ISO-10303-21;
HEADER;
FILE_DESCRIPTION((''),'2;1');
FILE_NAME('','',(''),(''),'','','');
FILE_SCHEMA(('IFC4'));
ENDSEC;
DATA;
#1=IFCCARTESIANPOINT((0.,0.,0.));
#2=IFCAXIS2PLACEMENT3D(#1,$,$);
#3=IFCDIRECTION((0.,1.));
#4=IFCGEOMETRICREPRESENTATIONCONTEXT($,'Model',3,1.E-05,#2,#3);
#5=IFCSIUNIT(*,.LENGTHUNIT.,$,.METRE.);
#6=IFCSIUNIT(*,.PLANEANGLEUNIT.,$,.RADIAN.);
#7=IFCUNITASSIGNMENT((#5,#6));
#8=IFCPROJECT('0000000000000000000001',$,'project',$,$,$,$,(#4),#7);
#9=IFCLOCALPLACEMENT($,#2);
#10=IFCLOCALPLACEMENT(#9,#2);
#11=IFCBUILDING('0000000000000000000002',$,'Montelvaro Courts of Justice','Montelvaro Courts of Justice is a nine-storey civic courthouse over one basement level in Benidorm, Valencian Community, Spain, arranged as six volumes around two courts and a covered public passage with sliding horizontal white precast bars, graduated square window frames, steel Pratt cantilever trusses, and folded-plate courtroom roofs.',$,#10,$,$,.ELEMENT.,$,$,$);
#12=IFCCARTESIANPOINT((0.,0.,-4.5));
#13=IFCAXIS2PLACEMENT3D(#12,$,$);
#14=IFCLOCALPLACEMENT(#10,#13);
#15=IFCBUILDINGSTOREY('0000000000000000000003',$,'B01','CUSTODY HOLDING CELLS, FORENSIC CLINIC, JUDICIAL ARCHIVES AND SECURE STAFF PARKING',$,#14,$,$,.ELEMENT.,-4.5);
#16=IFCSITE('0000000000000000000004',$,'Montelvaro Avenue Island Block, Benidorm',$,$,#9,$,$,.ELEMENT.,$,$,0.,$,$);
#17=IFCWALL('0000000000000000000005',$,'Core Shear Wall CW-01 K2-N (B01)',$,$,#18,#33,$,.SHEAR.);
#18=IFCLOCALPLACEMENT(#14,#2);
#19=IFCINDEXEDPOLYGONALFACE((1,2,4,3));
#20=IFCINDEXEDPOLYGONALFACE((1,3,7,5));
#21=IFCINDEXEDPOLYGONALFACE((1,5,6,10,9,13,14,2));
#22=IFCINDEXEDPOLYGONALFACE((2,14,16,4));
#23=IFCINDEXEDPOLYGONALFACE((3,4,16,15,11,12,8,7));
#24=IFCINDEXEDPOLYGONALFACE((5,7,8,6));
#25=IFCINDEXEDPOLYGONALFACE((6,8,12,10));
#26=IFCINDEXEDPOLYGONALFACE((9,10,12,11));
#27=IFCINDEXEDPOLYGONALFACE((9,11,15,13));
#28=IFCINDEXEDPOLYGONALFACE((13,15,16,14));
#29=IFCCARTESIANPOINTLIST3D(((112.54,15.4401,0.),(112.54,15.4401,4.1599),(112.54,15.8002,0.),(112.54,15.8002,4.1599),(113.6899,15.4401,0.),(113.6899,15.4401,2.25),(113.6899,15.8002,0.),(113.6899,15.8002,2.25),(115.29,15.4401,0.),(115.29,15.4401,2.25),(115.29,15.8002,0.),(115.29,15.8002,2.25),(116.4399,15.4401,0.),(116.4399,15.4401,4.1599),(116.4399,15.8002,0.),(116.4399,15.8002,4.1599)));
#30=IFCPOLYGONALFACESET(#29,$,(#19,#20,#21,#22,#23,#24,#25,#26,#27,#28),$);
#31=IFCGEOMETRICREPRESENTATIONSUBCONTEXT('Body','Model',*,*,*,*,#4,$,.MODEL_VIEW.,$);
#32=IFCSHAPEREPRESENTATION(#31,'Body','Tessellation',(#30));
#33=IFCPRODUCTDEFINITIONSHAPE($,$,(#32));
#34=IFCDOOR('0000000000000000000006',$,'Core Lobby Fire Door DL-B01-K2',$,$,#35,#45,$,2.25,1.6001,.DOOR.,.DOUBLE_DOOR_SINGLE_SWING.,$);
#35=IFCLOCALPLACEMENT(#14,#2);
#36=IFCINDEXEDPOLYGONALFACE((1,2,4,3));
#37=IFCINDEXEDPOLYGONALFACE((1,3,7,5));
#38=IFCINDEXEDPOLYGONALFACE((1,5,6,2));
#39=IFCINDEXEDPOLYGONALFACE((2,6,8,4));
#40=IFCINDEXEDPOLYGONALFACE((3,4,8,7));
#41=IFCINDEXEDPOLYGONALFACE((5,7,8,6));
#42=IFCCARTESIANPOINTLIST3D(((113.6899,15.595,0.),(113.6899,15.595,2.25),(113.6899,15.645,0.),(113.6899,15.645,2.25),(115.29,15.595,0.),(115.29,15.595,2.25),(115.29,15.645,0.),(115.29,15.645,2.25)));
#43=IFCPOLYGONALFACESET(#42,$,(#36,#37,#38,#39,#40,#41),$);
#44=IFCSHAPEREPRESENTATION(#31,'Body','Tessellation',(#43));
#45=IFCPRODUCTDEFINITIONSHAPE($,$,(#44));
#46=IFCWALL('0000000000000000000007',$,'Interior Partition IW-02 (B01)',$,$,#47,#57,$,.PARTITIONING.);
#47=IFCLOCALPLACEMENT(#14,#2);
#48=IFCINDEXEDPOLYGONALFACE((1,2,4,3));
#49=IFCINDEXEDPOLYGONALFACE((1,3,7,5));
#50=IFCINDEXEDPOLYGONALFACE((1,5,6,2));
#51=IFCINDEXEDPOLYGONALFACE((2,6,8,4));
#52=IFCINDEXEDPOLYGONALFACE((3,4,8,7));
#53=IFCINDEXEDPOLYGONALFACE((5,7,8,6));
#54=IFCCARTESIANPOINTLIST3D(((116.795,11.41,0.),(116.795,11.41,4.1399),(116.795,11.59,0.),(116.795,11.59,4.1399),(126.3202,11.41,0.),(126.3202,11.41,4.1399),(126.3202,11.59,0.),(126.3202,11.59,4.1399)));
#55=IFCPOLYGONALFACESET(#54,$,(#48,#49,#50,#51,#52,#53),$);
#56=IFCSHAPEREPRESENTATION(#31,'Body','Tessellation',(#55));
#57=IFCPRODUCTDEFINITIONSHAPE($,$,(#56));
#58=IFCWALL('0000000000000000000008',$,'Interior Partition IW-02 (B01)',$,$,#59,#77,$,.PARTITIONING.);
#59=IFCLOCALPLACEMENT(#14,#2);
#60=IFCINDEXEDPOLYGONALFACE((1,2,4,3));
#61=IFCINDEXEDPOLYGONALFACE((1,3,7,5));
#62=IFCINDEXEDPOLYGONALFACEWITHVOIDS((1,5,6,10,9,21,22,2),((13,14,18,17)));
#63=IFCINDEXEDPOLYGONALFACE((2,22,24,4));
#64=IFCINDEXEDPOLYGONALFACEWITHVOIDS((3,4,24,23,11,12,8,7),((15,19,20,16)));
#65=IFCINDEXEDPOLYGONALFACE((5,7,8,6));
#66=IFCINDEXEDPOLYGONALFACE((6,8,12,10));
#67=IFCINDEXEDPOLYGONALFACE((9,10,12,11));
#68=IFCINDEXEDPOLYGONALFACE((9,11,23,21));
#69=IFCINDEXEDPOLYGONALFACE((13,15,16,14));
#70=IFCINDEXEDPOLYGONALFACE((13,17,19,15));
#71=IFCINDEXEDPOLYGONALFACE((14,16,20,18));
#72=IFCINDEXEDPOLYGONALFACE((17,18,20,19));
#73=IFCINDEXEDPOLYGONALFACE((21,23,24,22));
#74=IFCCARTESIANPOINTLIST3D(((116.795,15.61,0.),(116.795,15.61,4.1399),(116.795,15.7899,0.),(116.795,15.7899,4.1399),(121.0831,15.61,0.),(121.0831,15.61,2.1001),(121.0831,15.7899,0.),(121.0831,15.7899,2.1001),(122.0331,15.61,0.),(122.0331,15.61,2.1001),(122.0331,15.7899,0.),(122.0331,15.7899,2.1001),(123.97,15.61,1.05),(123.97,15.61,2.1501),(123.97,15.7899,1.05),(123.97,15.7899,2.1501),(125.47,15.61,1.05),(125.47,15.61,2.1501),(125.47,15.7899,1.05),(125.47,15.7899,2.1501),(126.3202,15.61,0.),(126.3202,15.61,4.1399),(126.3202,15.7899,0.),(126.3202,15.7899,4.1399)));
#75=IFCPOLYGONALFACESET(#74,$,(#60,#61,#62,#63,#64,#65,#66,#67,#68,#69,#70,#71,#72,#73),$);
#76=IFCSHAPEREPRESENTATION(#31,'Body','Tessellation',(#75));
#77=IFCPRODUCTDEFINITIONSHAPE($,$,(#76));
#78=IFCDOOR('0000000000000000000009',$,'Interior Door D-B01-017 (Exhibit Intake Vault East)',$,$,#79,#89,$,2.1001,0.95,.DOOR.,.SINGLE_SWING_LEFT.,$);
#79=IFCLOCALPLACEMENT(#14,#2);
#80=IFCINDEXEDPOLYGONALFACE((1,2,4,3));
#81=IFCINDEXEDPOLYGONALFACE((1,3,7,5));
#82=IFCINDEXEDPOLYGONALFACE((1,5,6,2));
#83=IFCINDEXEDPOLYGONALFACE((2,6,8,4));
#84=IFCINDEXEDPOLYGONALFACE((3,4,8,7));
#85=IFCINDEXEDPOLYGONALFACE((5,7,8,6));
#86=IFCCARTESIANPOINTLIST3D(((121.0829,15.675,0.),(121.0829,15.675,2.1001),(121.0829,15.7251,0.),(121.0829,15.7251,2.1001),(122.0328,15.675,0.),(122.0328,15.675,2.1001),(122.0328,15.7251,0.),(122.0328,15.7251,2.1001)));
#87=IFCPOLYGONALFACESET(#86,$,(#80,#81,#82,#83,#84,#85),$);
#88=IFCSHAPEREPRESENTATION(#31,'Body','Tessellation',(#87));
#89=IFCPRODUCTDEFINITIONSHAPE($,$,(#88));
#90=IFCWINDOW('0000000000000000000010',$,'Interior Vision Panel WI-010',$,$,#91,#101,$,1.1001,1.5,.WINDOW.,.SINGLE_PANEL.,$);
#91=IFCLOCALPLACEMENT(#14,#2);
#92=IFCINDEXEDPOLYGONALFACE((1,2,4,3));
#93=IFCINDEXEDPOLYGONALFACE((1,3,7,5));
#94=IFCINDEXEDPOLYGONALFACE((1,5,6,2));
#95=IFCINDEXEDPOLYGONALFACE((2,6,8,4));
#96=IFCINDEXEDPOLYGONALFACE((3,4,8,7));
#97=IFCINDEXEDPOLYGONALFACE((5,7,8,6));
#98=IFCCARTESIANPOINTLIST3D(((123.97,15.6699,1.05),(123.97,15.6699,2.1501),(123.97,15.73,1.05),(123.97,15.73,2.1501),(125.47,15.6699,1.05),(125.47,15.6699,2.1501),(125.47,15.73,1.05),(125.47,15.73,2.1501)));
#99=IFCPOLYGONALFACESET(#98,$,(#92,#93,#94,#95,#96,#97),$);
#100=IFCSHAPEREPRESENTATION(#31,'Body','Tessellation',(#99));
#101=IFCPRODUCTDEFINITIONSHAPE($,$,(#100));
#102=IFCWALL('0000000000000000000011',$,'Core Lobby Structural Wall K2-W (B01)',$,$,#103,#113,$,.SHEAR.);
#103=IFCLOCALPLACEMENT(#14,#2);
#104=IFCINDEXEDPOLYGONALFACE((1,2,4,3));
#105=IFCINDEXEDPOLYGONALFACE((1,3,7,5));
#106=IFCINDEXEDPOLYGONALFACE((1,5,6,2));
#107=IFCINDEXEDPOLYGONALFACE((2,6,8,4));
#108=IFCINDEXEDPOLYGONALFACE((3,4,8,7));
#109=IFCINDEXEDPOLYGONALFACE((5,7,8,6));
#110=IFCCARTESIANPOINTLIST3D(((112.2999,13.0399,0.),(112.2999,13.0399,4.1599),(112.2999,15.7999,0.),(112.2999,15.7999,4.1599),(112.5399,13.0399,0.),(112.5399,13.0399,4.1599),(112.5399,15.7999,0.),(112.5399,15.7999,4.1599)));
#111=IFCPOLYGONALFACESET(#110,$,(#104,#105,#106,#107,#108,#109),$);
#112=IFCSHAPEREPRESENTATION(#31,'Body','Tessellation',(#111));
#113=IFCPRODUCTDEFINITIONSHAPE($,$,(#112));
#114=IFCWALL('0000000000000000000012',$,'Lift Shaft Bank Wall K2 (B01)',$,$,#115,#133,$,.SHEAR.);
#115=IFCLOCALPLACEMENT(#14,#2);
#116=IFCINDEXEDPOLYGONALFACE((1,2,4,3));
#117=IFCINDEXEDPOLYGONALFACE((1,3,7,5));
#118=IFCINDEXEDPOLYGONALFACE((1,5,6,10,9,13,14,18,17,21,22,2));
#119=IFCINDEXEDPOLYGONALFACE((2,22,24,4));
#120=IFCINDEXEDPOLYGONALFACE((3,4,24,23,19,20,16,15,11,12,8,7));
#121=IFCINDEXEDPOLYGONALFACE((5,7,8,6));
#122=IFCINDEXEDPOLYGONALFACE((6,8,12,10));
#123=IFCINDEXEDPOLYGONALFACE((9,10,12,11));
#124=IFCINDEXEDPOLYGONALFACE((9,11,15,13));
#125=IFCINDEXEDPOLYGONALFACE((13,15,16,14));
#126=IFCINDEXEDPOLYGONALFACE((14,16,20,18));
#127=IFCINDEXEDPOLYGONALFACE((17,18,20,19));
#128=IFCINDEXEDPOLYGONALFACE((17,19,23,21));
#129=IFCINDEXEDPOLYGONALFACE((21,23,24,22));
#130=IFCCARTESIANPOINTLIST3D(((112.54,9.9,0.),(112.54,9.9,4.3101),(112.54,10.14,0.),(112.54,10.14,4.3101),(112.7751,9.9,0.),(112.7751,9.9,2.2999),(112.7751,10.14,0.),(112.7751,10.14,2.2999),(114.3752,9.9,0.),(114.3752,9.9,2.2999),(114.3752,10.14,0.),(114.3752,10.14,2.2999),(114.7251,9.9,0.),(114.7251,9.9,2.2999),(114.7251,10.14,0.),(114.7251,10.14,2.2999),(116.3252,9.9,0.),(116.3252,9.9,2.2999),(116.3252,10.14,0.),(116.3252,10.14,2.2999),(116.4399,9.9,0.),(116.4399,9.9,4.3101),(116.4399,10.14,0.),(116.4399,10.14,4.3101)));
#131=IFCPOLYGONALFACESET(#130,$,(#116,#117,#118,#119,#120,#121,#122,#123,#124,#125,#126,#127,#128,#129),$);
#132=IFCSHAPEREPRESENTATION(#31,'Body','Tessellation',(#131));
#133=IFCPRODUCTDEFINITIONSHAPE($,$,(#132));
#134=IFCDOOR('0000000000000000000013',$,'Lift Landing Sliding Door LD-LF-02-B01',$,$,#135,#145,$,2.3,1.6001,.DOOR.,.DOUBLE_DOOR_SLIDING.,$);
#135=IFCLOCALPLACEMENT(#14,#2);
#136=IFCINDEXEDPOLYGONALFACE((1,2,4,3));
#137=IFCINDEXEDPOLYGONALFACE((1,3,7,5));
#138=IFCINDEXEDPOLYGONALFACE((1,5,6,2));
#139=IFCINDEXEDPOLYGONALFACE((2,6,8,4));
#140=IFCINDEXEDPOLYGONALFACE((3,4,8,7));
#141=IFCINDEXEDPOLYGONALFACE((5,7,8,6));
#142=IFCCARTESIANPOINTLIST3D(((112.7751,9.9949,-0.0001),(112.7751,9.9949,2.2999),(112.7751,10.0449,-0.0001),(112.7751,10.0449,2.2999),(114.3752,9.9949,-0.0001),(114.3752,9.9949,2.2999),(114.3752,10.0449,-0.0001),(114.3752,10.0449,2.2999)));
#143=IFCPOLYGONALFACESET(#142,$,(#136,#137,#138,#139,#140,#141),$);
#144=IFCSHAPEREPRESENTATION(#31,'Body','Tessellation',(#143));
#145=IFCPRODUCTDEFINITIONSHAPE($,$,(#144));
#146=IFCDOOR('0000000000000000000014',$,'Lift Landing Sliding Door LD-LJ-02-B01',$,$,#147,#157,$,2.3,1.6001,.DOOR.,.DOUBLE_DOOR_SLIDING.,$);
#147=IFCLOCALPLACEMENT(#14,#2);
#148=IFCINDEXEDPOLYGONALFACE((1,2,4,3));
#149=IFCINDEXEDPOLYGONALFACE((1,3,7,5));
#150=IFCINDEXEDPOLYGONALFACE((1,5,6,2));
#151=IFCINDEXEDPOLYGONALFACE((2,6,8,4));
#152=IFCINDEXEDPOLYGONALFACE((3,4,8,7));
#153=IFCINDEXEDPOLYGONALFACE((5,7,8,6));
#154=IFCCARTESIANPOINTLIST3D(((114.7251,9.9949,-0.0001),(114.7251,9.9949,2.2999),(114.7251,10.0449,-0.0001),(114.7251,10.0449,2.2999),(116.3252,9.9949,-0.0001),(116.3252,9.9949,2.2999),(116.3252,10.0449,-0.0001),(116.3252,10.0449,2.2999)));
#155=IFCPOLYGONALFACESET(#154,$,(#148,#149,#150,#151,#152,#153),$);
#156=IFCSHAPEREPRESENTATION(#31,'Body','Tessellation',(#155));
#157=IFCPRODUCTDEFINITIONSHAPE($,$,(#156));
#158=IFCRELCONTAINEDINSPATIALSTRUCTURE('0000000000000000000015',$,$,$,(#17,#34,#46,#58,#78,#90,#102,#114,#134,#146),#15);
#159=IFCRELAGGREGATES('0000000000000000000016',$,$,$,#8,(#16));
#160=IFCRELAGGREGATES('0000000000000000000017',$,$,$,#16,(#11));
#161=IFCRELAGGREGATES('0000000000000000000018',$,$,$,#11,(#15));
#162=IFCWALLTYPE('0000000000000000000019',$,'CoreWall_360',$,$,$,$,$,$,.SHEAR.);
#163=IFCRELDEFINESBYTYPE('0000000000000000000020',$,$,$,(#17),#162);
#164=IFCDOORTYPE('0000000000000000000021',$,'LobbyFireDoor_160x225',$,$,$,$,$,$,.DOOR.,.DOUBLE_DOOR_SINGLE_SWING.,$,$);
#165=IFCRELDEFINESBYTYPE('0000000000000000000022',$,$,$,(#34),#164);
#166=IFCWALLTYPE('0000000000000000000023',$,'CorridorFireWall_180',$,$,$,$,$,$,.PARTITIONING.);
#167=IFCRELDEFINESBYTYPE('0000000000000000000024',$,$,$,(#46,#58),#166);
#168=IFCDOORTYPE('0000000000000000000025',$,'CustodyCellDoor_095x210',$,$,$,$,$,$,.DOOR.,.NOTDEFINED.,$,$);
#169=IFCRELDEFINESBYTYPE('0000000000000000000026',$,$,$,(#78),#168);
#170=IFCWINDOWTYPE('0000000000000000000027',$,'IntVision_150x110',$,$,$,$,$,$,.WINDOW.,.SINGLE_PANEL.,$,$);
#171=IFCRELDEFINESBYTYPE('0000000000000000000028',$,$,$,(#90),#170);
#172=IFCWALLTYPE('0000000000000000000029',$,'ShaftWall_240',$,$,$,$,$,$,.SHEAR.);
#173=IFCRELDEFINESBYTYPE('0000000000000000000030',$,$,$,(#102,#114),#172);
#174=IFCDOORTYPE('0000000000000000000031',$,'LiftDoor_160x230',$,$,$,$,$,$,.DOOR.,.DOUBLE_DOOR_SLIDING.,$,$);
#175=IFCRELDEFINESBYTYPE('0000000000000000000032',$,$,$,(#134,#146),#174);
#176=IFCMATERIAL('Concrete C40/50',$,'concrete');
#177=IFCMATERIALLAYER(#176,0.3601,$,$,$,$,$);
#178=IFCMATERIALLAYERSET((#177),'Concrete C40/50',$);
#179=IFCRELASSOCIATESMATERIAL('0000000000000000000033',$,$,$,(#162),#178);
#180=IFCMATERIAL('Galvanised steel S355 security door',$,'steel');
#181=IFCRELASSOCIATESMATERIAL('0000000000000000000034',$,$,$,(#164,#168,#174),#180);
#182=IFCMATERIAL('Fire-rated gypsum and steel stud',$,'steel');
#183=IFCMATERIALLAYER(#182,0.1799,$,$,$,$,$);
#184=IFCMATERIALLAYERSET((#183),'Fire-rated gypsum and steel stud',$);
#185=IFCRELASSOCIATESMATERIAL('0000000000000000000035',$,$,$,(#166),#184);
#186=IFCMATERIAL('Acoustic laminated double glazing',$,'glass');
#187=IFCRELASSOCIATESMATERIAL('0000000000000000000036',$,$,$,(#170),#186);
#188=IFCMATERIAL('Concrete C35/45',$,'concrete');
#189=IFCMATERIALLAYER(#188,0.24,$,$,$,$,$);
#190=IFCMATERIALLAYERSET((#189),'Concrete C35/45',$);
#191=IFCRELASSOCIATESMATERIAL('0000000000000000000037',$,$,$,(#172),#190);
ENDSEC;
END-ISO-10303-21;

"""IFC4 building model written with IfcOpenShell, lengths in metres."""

from ifc_helpers import new_model, si_unit, direction, frame, frame_2d, origin, place, context, subcontext, project, spatial, rectangle, extrude, material, layer, layer_set, type_object, element, fill, save


model = new_model("IFC4")

# Units and contexts
model_context = context("Model", 3, precision=1e-05, world=origin(), true_north=direction((0.0, 1.0)))
body_context = subcontext(model_context, "Body", "Model", "MODEL_VIEW")
ifc_project = project(units=[si_unit("LENGTHUNIT", "METRE"), si_unit("PLANEANGLEUNIT", "RADIAN")], contexts=[model_context])

# Site, building, storey
site_placement = place(None, origin())
site = spatial("IfcSite", under=ifc_project, at=site_placement, Name="Montelvaro Avenue Island Block, Benidorm", CompositionType="ELEMENT", RefElevation=0.0)
building_placement = place(site_placement, origin())
building = spatial("IfcBuilding", under=site, at=building_placement, Name="Montelvaro Courts of Justice", Description="Montelvaro Courts of Justice is a nine-storey civic courthouse over one basement level in Benidorm, Valencian Community, Spain, arranged as six volumes around two courts and a covered public passage with sliding horizontal white precast bars, graduated square window frames, steel Pratt cantilever trusses, and folded-plate courtroom roofs.", CompositionType="ELEMENT")
storey_placement = place(building_placement, frame((0.0, 0.0, -4.5)))
storey = spatial("IfcBuildingStorey", under=building, at=storey_placement, Name="B01", Description="CUSTODY HOLDING CELLS, FORENSIC CLINIC, JUDICIAL ARCHIVES AND SECURE STAFF PARKING", CompositionType="ELEMENT", Elevation=-4.5)

# Shared definitions
ifc_material_1 = material(Name="Concrete C35/45", Category="concrete")

# Shared definitions
ifc_material_2 = material(Name="Concrete C40/50", Category="concrete")

# Wall, opening, door
ifc_layer_1 = layer(ifc_material_2, 0.3601)
ifc_layer_set_1 = layer_set([ifc_layer_1], Name="Concrete C40/50")
wall_type_1 = type_object("IfcWallType", Name="CoreWall_360", PredefinedType="SHEAR", material=ifc_layer_set_1)
wall_1_placement = place(storey_placement, frame((112.54, 15.6201, 0.0), z_axis=(0.0, 0.0, 1.0), x_axis=(1.0, 0.0, 0.0)))
wall_1 = element("IfcWall", 1, at=wall_1_placement, inside=storey, type_object=wall_type_1, Name="Core Shear Wall CW-01 K2-N (B01)", PredefinedType="SHEAR", context=body_context, shape_type="SweptSolid", body=[
    extrude(rectangle(XDim=3.8999, YDim=0.3601, at=frame_2d((1.95, 0.0))), origin(), (0.0, 0.0, 1.0), 4.1599),
])
opening_1_placement = place(wall_1_placement, frame((1.1499, 0.0, 0.0)))
opening_1 = element("IfcOpeningElement", 2, at=opening_1_placement, cuts=wall_1, PredefinedType="OPENING", context=body_context, shape_type="SweptSolid", body=[
    extrude(rectangle(XDim=1.6001, YDim=2.25, at=frame_2d((0.8, 1.125))), frame((0.0, 0.1948, 0.0), z_axis=(0.0, -1.0, 0.0), x_axis=(1.0, 0.0, 0.0)), (0.0, 0.0, 1.0), 0.3899),
])
ifc_material_3 = material(Name="Galvanised steel S355 security door", Category="steel")
door_type_1 = type_object("IfcDoorType", Name="LobbyFireDoor_160x225", OperationType="DOUBLE_DOOR_SINGLE_SWING", PredefinedType="DOOR", material=ifc_material_3)
door_1_placement = place(opening_1_placement, origin())
door_1 = element("IfcDoor", 3, at=door_1_placement, inside=storey, type_object=door_type_1, Name="Core Lobby Fire Door DL-B01-K2", OperationType="DOUBLE_DOOR_SINGLE_SWING", OverallHeight=2.25, OverallWidth=1.6001, PredefinedType="DOOR", context=body_context, shape_type="SweptSolid", body=[
    extrude(rectangle(XDim=1.6001, YDim=2.25, at=frame_2d((0.8, 1.125))), frame((0.0, 0.0249, 0.0), z_axis=(0.0, -1.0, 0.0), x_axis=(1.0, 0.0, 0.0)), (0.0, 0.0, 1.0), 0.05),
])
fill(opening_1, door_1)

# Wall
ifc_material_4 = material(Name="Fire-rated gypsum and steel stud", Category="steel")
ifc_layer_2 = layer(ifc_material_4, 0.1799)
ifc_layer_set_2 = layer_set([ifc_layer_2], Name="Fire-rated gypsum and steel stud")
wall_type_2 = type_object("IfcWallType", Name="CorridorFireWall_180", PredefinedType="PARTITIONING", material=ifc_layer_set_2)
wall_2_placement = place(storey_placement, frame((116.7949, 11.5, 0.0), z_axis=(0.0, 0.0, 1.0), x_axis=(1.0, 0.0, 0.0)))
element("IfcWall", 4, at=wall_2_placement, inside=storey, type_object=wall_type_2, Name="Interior Partition IW-02 (B01)", PredefinedType="PARTITIONING", context=body_context, shape_type="SweptSolid", body=[
    extrude(rectangle(XDim=9.5251, YDim=0.1799, at=frame_2d((4.7627, 0.0))), origin(), (0.0, 0.0, 1.0), 4.1399),
])

# Wall, openings, door, window
wall_3_placement = place(storey_placement, frame((116.7949, 15.7, 0.0), z_axis=(0.0, 0.0, 1.0), x_axis=(1.0, 0.0, 0.0)))
wall_3 = element("IfcWall", 5, at=wall_3_placement, inside=storey, type_object=wall_type_2, Name="Interior Partition IW-02 (B01)", PredefinedType="PARTITIONING", context=body_context, shape_type="SweptSolid", body=[
    extrude(rectangle(XDim=9.5251, YDim=0.1799, at=frame_2d((4.7627, 0.0))), origin(), (0.0, 0.0, 1.0), 4.1399),
])
opening_2_placement = place(wall_3_placement, frame((4.2881, 0.0, 0.0)))
opening_2 = element("IfcOpeningElement", 6, at=opening_2_placement, cuts=wall_3, PredefinedType="OPENING", context=body_context, shape_type="SweptSolid", body=[
    extrude(rectangle(XDim=0.95, YDim=2.1001, at=frame_2d((0.4751, 1.05))), frame((0.0, 0.105, 0.0), z_axis=(0.0, -1.0, 0.0), x_axis=(1.0, 0.0, 0.0)), (0.0, 0.0, 1.0), 0.2097),
])
opening_3_placement = place(wall_3_placement, frame((7.175, 0.0, 1.05)))
opening_3 = element("IfcOpeningElement", 7, at=opening_3_placement, cuts=wall_3, PredefinedType="OPENING", context=body_context, shape_type="SweptSolid", body=[
    extrude(rectangle(XDim=1.5, YDim=1.1001, at=frame_2d((0.75, 0.55))), frame((0.0, 0.105, 0.0), z_axis=(0.0, -1.0, 0.0), x_axis=(1.0, 0.0, 0.0)), (0.0, 0.0, 1.0), 0.2097),
])
door_type_2 = type_object("IfcDoorType", Name="CustodyCellDoor_095x210", OperationType="NOTDEFINED", PredefinedType="DOOR", material=ifc_material_3)
door_2_placement = place(opening_2_placement, frame((0.95, 0.0, 0.0), z_axis=(0.0, 0.0, 1.0), x_axis=(-1.0, 0.0, 0.0)))
door_2 = element("IfcDoor", 8, at=door_2_placement, inside=storey, type_object=door_type_2, Name="Interior Door D-B01-017 (Exhibit Intake Vault East)", OperationType="SINGLE_SWING_LEFT", OverallHeight=2.1001, OverallWidth=0.95, PredefinedType="DOOR", context=body_context, shape_type="SweptSolid", body=[
    extrude(rectangle(XDim=0.95, YDim=2.1001, at=frame_2d((0.4751, 1.05))), frame((0.0, 0.0249, 0.0), z_axis=(0.0, -1.0, 0.0), x_axis=(1.0, 0.0, 0.0)), (0.0, 0.0, 1.0), 0.05),
])
fill(opening_2, door_2)
ifc_material_5 = material(Name="Acoustic laminated double glazing", Category="glass")
window_type = type_object("IfcWindowType", Name="IntVision_150x110", PartitioningType="SINGLE_PANEL", PredefinedType="WINDOW", material=ifc_material_5)
window_placement = place(opening_3_placement, origin())
window = element("IfcWindow", 9, at=window_placement, inside=storey, type_object=window_type, Name="Interior Vision Panel WI-010", OverallHeight=1.1001, OverallWidth=1.5, PartitioningType="SINGLE_PANEL", PredefinedType="WINDOW", context=body_context, shape_type="SweptSolid", body=[
    extrude(rectangle(XDim=1.5, YDim=1.1001, at=frame_2d((0.75, 0.55))), frame((0.0, 0.03, 0.0), z_axis=(0.0, -1.0, 0.0), x_axis=(1.0, 0.0, 0.0)), (0.0, 0.0, 1.0), 0.0601),
])
fill(opening_3, window)

# Wall
ifc_layer_3 = layer(ifc_material_1, 0.24)
ifc_layer_set_3 = layer_set([ifc_layer_3], Name="Concrete C35/45")
wall_type_3 = type_object("IfcWallType", Name="ShaftWall_240", PredefinedType="SHEAR", material=ifc_layer_set_3)
wall_4_placement = place(storey_placement, frame((112.4199, 13.04, 0.0), z_axis=(0.0, 0.0, 1.0), x_axis=(0.0, 1.0, 0.0)))
element("IfcWall", 10, at=wall_4_placement, inside=storey, type_object=wall_type_3, Name="Core Lobby Structural Wall K2-W (B01)", PredefinedType="SHEAR", context=body_context, shape_type="SweptSolid", body=[
    extrude(rectangle(XDim=2.76, YDim=0.24, at=frame_2d((1.3799, 0.0))), origin(), (0.0, 0.0, 1.0), 4.1599),
])

# Wall, openings, doors
wall_5_placement = place(storey_placement, frame((112.54, 10.02, 0.0), z_axis=(0.0, 0.0, 1.0), x_axis=(1.0, 0.0, 0.0)))
wall_5 = element("IfcWall", 11, at=wall_5_placement, inside=storey, type_object=wall_type_3, Name="Lift Shaft Bank Wall K2 (B01)", PredefinedType="SHEAR", context=body_context, shape_type="SweptSolid", body=[
    extrude(rectangle(XDim=3.8999, YDim=0.24, at=frame_2d((1.95, 0.0))), origin(), (0.0, 0.0, 1.0), 4.3101),
])
opening_4_placement = place(wall_5_placement, frame((0.2351, 0.0, 0.0)))
opening_4 = element("IfcOpeningElement", 12, at=opening_4_placement, cuts=wall_5, PredefinedType="OPENING", context=body_context, shape_type="SweptSolid", body=[
    extrude(rectangle(XDim=1.6001, YDim=2.3, at=frame_2d((0.8, 1.1499))), frame((0.0, 0.1348, 0.0), z_axis=(0.0, -1.0, 0.0), x_axis=(1.0, 0.0, 0.0)), (0.0, 0.0, 1.0), 0.2698),
])
opening_5_placement = place(wall_5_placement, frame((2.1851, 0.0, 0.0)))
opening_5 = element("IfcOpeningElement", 13, at=opening_5_placement, cuts=wall_5, PredefinedType="OPENING", context=body_context, shape_type="SweptSolid", body=[
    extrude(rectangle(XDim=1.6001, YDim=2.3, at=frame_2d((0.8, 1.1499))), frame((0.0, 0.1348, 0.0), z_axis=(0.0, -1.0, 0.0), x_axis=(1.0, 0.0, 0.0)), (0.0, 0.0, 1.0), 0.2698),
])
door_type_3 = type_object("IfcDoorType", Name="LiftDoor_160x230", OperationType="DOUBLE_DOOR_SLIDING", PredefinedType="DOOR", material=ifc_material_3)
door_3_placement = place(opening_4_placement, origin())
door_3 = element("IfcDoor", 14, at=door_3_placement, inside=storey, type_object=door_type_3, Name="Lift Landing Sliding Door LD-LF-02-B01", OperationType="DOUBLE_DOOR_SLIDING", OverallHeight=2.3, OverallWidth=1.6001, PredefinedType="DOOR", context=body_context, shape_type="SweptSolid", body=[
    extrude(rectangle(XDim=1.6001, YDim=2.3, at=frame_2d((0.8, 1.1499))), frame((0.0, 0.0249, 0.0), z_axis=(0.0, -1.0, 0.0), x_axis=(1.0, 0.0, 0.0)), (0.0, 0.0, 1.0), 0.05),
])
fill(opening_4, door_3)
door_4_placement = place(opening_5_placement, origin())
door_4 = element("IfcDoor", 15, at=door_4_placement, inside=storey, type_object=door_type_3, Name="Lift Landing Sliding Door LD-LJ-02-B01", OperationType="DOUBLE_DOOR_SLIDING", OverallHeight=2.3, OverallWidth=1.6001, PredefinedType="DOOR", context=body_context, shape_type="SweptSolid", body=[
    extrude(rectangle(XDim=1.6001, YDim=2.3, at=frame_2d((0.8, 1.1499))), frame((0.0, 0.0249, 0.0), z_axis=(0.0, -1.0, 0.0), x_axis=(1.0, 0.0, 0.0)), (0.0, 0.0, 1.0), 0.05),
])
fill(opening_5, door_4)

save(model, "model.ifc")
